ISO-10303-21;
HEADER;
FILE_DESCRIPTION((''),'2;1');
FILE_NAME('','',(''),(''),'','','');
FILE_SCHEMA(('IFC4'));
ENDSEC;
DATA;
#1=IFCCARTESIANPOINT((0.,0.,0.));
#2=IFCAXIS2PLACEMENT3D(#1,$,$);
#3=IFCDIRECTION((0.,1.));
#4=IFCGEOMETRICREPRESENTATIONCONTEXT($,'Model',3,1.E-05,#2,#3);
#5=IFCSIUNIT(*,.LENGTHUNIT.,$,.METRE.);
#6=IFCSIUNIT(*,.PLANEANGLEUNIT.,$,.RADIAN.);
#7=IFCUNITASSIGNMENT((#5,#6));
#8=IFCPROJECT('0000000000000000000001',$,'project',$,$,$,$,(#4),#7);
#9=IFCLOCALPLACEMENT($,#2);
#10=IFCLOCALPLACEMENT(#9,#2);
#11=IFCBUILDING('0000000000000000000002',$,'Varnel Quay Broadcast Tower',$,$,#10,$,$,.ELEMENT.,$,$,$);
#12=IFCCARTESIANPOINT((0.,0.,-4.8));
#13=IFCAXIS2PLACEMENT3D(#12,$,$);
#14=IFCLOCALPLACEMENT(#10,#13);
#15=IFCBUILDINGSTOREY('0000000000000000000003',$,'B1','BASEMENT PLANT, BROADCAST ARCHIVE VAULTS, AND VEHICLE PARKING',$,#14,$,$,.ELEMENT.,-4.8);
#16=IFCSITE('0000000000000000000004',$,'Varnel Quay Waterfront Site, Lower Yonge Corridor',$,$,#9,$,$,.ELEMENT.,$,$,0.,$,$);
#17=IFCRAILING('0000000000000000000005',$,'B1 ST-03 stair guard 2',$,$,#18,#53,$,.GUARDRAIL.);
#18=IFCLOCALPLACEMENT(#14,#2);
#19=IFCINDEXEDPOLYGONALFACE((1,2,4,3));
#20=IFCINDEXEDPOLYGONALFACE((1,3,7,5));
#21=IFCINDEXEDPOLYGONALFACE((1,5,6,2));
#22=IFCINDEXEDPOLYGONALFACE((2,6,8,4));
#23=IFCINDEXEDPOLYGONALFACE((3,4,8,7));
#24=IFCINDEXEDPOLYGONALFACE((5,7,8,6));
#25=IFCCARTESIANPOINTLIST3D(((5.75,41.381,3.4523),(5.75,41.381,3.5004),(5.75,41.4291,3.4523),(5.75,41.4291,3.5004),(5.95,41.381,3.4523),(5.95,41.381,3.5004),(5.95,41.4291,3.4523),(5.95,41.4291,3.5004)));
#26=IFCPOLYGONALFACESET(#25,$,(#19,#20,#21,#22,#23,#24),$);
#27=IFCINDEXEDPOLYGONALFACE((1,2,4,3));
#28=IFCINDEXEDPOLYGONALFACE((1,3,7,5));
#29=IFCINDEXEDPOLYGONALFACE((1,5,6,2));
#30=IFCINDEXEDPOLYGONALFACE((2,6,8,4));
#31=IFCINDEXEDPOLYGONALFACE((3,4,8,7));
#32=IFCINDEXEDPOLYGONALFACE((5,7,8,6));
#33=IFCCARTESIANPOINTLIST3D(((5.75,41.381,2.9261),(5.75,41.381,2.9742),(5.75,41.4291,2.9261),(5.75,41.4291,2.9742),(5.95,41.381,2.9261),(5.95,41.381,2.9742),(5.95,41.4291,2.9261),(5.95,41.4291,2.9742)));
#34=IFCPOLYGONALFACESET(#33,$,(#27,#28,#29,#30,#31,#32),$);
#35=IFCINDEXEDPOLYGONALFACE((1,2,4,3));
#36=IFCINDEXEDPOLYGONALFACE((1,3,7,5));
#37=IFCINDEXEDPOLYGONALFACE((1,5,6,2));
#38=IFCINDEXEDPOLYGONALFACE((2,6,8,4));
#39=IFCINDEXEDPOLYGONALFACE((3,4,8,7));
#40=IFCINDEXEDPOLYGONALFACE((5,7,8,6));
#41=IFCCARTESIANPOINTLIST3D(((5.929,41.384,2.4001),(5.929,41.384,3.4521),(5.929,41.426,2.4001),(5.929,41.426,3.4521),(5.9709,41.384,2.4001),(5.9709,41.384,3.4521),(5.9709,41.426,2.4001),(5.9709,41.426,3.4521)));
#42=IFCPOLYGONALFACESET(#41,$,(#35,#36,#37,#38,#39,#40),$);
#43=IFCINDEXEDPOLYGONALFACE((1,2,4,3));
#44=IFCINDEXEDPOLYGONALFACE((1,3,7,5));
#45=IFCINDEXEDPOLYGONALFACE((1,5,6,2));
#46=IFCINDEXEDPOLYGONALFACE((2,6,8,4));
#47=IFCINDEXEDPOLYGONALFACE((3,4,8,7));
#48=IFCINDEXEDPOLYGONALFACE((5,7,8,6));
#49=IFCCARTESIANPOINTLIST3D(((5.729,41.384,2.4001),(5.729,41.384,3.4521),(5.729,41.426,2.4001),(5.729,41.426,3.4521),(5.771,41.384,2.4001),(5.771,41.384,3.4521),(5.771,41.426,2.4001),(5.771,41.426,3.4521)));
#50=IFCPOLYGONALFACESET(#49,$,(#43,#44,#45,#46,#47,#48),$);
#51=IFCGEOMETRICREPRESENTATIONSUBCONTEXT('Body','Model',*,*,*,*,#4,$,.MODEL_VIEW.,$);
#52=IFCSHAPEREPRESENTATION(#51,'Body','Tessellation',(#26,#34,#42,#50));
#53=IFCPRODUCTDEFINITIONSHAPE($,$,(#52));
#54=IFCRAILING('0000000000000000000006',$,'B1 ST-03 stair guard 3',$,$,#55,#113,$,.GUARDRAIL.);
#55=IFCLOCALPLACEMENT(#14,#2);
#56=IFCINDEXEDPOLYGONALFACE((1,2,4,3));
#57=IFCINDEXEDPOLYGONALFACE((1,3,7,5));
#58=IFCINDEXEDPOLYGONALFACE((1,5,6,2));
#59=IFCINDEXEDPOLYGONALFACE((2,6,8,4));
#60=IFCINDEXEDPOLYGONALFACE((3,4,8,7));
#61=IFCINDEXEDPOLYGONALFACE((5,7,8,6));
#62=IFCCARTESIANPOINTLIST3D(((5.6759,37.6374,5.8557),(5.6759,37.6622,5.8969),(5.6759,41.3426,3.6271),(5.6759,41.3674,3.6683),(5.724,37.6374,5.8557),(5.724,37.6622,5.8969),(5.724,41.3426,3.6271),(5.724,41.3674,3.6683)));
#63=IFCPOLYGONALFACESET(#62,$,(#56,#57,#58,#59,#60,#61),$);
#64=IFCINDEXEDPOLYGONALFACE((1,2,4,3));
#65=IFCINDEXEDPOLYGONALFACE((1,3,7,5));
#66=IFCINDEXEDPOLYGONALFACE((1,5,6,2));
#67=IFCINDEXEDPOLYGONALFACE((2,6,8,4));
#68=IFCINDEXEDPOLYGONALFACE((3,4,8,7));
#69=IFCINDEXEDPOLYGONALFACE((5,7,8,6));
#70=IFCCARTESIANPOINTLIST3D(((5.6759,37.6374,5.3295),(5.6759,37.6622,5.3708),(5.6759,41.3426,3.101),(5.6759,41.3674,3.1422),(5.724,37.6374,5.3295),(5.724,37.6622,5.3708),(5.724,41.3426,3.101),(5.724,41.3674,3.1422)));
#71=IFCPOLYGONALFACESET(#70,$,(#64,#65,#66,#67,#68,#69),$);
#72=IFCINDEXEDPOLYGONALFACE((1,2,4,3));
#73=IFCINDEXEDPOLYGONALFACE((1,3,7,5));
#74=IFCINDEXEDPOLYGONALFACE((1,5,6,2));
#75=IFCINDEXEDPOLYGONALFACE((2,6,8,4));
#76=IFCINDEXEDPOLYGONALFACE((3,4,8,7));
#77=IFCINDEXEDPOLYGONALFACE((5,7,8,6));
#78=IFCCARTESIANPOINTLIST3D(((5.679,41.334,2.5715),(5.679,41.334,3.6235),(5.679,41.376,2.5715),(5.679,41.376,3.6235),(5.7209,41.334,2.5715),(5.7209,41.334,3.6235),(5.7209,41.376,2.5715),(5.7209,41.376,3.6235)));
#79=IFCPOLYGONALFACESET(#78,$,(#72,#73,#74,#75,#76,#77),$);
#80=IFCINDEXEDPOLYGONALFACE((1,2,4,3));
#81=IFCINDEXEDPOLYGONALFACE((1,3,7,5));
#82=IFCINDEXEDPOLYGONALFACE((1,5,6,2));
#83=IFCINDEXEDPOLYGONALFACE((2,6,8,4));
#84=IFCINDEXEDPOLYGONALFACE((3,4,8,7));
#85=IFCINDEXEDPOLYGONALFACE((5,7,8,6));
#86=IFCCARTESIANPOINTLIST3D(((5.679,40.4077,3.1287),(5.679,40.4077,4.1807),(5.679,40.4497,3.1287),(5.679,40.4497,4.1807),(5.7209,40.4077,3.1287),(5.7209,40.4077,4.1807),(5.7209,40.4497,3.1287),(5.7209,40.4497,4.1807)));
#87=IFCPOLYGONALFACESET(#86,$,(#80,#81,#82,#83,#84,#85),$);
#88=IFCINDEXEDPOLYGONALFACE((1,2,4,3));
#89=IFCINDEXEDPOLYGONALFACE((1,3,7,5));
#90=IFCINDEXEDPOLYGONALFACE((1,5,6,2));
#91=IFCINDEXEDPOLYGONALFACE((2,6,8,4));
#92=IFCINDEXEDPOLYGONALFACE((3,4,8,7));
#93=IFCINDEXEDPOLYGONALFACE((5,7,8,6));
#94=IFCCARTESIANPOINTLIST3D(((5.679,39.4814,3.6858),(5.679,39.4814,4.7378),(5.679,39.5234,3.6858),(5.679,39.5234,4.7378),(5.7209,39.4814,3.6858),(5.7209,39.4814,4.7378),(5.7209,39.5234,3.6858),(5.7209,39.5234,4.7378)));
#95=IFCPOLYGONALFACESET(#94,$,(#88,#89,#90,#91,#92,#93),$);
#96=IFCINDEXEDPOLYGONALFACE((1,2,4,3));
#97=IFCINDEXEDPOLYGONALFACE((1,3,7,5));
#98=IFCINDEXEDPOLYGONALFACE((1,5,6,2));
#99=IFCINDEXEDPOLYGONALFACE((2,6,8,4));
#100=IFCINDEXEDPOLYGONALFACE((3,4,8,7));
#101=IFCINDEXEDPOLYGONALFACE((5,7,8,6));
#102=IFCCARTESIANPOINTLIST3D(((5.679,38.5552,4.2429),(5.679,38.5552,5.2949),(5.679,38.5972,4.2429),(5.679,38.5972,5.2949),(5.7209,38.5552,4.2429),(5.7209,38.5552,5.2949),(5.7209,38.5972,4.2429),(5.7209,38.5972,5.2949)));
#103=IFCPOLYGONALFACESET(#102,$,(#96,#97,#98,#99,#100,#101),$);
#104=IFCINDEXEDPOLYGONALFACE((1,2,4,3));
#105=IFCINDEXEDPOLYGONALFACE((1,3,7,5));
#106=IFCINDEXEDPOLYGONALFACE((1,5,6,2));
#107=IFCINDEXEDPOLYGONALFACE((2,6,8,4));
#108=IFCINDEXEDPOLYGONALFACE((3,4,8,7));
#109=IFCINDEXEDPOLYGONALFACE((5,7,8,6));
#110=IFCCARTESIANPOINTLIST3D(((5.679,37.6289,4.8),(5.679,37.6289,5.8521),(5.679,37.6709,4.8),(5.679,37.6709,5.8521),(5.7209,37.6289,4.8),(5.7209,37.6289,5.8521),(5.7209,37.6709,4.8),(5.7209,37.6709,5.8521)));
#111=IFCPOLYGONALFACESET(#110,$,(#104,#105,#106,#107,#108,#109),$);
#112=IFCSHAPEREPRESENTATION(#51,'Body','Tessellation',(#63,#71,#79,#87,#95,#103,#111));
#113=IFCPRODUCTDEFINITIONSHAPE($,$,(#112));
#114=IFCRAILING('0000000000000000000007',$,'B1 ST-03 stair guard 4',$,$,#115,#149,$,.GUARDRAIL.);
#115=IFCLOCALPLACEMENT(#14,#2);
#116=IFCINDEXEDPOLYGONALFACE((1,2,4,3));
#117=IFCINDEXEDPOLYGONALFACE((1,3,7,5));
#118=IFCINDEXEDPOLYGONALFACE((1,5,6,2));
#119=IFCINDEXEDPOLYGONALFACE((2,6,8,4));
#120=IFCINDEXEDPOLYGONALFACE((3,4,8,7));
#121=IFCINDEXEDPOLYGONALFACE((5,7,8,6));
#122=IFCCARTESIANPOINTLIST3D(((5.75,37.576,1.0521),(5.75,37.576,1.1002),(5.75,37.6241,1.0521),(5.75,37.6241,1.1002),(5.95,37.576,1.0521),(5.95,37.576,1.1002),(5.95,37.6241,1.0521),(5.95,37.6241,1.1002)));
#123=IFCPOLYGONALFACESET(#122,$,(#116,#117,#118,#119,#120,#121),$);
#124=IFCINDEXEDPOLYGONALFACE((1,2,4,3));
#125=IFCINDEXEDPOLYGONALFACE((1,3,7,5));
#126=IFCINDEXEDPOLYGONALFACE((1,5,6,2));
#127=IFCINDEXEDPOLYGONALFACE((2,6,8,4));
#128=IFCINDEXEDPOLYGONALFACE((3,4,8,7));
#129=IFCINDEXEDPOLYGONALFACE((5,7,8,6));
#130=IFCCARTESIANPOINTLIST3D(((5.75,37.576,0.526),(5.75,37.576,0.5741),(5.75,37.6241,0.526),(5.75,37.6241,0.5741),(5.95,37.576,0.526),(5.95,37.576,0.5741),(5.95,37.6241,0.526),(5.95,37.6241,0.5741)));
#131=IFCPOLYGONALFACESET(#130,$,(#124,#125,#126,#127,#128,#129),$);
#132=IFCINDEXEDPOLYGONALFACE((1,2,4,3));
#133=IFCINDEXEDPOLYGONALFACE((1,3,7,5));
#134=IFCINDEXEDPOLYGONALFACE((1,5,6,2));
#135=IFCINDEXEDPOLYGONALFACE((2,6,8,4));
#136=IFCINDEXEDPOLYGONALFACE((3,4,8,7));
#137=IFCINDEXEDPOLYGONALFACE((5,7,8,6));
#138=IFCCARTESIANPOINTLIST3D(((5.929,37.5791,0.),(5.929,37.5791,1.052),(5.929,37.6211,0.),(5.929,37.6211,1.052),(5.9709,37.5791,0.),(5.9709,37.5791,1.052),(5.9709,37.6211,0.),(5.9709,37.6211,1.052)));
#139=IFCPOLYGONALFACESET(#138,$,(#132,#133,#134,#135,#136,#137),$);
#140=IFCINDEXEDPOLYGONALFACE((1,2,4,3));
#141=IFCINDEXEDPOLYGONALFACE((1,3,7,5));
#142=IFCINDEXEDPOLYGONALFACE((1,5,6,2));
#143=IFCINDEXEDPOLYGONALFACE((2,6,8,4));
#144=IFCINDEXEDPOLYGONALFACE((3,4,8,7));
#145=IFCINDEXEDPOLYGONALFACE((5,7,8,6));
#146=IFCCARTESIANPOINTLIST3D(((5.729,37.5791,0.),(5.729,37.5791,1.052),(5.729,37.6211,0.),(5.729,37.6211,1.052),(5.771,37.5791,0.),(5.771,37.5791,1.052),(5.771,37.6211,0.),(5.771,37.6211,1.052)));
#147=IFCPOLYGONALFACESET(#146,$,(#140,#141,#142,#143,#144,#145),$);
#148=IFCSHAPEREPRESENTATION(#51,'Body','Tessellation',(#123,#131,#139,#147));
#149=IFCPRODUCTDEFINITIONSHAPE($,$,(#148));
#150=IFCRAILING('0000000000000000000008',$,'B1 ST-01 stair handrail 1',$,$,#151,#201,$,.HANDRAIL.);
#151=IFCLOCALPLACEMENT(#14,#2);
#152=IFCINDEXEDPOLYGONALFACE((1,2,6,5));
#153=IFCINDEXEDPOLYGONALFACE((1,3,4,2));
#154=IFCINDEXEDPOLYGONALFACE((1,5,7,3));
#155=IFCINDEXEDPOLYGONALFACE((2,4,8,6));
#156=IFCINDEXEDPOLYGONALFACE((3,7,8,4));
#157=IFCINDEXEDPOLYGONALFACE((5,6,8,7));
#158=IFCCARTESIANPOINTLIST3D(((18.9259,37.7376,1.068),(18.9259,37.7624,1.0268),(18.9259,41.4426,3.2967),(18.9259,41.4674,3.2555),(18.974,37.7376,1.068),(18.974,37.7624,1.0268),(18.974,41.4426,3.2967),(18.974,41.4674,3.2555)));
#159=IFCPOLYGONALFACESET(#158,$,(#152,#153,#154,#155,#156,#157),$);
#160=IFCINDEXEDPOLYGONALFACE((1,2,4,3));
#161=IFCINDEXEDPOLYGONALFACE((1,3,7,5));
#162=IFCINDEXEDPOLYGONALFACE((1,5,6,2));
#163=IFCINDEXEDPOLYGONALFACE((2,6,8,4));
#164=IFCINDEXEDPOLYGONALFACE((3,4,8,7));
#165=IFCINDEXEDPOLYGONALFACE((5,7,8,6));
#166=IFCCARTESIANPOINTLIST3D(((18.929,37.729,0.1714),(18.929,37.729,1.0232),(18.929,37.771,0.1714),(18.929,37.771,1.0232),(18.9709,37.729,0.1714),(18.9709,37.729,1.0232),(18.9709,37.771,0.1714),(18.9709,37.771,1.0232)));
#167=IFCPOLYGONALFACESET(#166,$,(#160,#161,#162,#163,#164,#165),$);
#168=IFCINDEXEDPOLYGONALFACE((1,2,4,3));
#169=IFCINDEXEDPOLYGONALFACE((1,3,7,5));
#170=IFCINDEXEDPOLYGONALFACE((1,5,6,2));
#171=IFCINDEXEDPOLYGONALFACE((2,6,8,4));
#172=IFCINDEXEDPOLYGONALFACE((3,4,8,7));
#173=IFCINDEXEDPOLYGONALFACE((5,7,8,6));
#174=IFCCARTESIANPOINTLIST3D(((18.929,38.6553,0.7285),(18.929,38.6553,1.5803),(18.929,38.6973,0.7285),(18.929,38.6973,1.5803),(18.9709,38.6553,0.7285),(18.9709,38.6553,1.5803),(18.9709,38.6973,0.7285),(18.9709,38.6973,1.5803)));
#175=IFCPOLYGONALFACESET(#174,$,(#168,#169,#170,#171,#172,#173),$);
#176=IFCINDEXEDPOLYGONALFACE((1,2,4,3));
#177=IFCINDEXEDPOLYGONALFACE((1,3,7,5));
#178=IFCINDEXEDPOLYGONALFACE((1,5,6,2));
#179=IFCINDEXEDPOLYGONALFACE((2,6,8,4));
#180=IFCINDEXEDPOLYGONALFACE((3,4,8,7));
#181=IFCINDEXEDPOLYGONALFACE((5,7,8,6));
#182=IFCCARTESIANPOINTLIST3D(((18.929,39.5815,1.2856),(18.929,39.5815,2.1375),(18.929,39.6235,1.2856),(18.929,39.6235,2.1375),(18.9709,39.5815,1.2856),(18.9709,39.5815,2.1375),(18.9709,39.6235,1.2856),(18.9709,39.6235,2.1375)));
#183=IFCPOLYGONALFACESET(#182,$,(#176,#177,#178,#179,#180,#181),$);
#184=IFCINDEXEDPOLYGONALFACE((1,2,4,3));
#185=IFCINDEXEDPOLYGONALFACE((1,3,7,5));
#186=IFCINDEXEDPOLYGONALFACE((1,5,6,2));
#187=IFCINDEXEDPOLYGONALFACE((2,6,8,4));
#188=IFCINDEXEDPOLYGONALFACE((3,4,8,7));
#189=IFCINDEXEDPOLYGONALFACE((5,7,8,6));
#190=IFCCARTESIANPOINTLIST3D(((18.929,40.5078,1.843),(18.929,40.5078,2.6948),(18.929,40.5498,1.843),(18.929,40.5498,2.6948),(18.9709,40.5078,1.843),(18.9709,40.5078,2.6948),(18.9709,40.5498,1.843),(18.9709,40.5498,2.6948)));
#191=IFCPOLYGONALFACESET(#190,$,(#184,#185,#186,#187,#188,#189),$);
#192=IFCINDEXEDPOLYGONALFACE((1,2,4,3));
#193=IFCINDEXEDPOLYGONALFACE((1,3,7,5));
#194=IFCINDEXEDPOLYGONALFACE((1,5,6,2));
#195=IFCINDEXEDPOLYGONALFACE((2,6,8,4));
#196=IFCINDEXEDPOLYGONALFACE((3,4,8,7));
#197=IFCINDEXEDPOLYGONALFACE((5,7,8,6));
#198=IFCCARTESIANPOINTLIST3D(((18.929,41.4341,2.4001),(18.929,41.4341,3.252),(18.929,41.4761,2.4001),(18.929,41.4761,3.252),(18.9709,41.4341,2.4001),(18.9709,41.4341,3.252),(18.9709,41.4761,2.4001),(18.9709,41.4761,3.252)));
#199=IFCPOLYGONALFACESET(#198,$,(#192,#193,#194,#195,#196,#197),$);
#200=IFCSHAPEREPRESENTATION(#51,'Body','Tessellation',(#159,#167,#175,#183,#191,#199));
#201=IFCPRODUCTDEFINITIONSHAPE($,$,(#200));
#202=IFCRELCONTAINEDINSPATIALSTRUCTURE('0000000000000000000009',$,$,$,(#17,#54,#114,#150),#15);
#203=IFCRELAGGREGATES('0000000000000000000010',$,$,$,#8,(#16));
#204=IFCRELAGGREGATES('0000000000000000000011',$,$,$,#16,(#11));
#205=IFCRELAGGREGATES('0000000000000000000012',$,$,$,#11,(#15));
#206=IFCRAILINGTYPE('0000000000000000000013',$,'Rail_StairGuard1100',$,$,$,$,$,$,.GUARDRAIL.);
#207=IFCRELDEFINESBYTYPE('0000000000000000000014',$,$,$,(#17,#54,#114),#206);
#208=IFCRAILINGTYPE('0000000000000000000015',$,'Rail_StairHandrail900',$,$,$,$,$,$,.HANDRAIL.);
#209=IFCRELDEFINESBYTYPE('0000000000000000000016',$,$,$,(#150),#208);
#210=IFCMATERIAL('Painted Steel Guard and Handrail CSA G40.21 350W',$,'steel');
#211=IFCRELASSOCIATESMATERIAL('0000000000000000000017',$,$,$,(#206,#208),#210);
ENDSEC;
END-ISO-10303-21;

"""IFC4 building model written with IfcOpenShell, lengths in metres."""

from ifc_helpers import new_model, si_unit, direction, frame, origin, origin_2d, place, context, subcontext, project, spatial, rectangle, extrude, material, type_object, element, save


model = new_model("IFC4")

# Units and contexts
model_context = context("Model", 3, precision=1e-05, world=origin(), true_north=direction((0.0, 1.0)))
body_context = subcontext(model_context, "Body", "Model", "MODEL_VIEW")
ifc_project = project(units=[si_unit("LENGTHUNIT", "METRE"), si_unit("PLANEANGLEUNIT", "RADIAN")], contexts=[model_context])

# Site, building, storey
site_placement = place(None, origin())
site = spatial("IfcSite", under=ifc_project, at=site_placement, Name="Varnel Quay Waterfront Site, Lower Yonge Corridor", CompositionType="ELEMENT", RefElevation=0.0)
building_placement = place(site_placement, origin())
building = spatial("IfcBuilding", under=site, at=building_placement, Name="Varnel Quay Broadcast Tower", CompositionType="ELEMENT")
storey_placement = place(building_placement, frame((0.0, 0.0, -4.8)))
storey = spatial("IfcBuildingStorey", under=building, at=storey_placement, Name="B1", Description="BASEMENT PLANT, BROADCAST ARCHIVE VAULTS, AND VEHICLE PARKING", CompositionType="ELEMENT", Elevation=-4.8)

# Railings
ifc_material_1 = material(Name="Painted Steel Guard and Handrail CSA G40.21 350W", Category="steel")
railing_type_1 = type_object("IfcRailingType", Name="Rail_StairGuard1100", PredefinedType="GUARDRAIL", material=ifc_material_1)
railing_1_placement = place(storey_placement, frame((5.95, 41.405, 2.4001)))
element("IfcRailing", 1, at=railing_1_placement, inside=storey, type_object=railing_type_1, Name="B1 ST-03 stair guard 2", PredefinedType="GUARDRAIL", context=body_context, shape_type="SweptSolid", body=[
    extrude(rectangle(XDim=0.0481, YDim=0.0481, at=origin_2d()), frame((0.0, 0.0, 1.0762), z_axis=(-1.0, 0.0, 0.0), x_axis=(0.0, -1.0, 0.0)), (0.0, 0.0, 1.0), 0.2),
    extrude(rectangle(XDim=0.0481, YDim=0.0481, at=origin_2d()), frame((0.0, 0.0, 0.55), z_axis=(-1.0, 0.0, 0.0), x_axis=(0.0, -1.0, 0.0)), (0.0, 0.0, 1.0), 0.2),
    extrude(rectangle(XDim=0.042, YDim=0.042, at=origin_2d()), origin(), (0.0, 0.0, 1.0), 1.052),
    extrude(rectangle(XDim=0.042, YDim=0.042, at=origin_2d()), frame((-0.2, 0.0, 0.0)), (0.0, 0.0, 1.0), 1.052),
])
railing_2_placement = place(storey_placement, frame((5.7, 41.355, 2.5715)))
element("IfcRailing", 2, at=railing_2_placement, inside=storey, type_object=railing_type_1, Name="B1 ST-03 stair guard 3", PredefinedType="GUARDRAIL", context=body_context, shape_type="SweptSolid", body=[
    extrude(rectangle(XDim=0.0481, YDim=0.0481, at=origin_2d()), frame((0.0, 0.0, 1.0762), z_axis=(0.0, -0.856934, 0.515425), x_axis=(1.0, 0.0, 0.0)), (0.0, 0.0, 1.0), 4.3237),
    extrude(rectangle(XDim=0.0481, YDim=0.0481, at=origin_2d()), frame((0.0, 0.0, 0.55), z_axis=(0.0, -0.856934, 0.515425), x_axis=(1.0, 0.0, 0.0)), (0.0, 0.0, 1.0), 4.3237),
    extrude(rectangle(XDim=0.042, YDim=0.042, at=origin_2d()), origin(), (0.0, 0.0, 1.0), 1.052),
    extrude(rectangle(XDim=0.042, YDim=0.042, at=origin_2d()), frame((0.0, -0.9263, 0.5571)), (0.0, 0.0, 1.0), 1.052),
    extrude(rectangle(XDim=0.042, YDim=0.042, at=origin_2d()), frame((0.0, -1.8525, 1.1143)), (0.0, 0.0, 1.0), 1.052),
    extrude(rectangle(XDim=0.042, YDim=0.042, at=origin_2d()), frame((0.0, -2.7788, 1.6714)), (0.0, 0.0, 1.0), 1.052),
    extrude(rectangle(XDim=0.042, YDim=0.042, at=origin_2d()), frame((0.0, -3.7051, 2.2285)), (0.0, 0.0, 1.0), 1.052),
])
railing_3_placement = place(storey_placement, frame((5.95, 37.6001, 0.0)))
element("IfcRailing", 3, at=railing_3_placement, inside=storey, type_object=railing_type_1, Name="B1 ST-03 stair guard 4", PredefinedType="GUARDRAIL", context=body_context, shape_type="SweptSolid", body=[
    extrude(rectangle(XDim=0.0481, YDim=0.0481, at=origin_2d()), frame((0.0, 0.0, 1.0762), z_axis=(-1.0, 0.0, 0.0), x_axis=(0.0, -1.0, 0.0)), (0.0, 0.0, 1.0), 0.2),
    extrude(rectangle(XDim=0.0481, YDim=0.0481, at=origin_2d()), frame((0.0, 0.0, 0.55), z_axis=(-1.0, 0.0, 0.0), x_axis=(0.0, -1.0, 0.0)), (0.0, 0.0, 1.0), 0.2),
    extrude(rectangle(XDim=0.042, YDim=0.042, at=origin_2d()), origin(), (0.0, 0.0, 1.0), 1.052),
    extrude(rectangle(XDim=0.042, YDim=0.042, at=origin_2d()), frame((-0.2, 0.0, 0.0)), (0.0, 0.0, 1.0), 1.052),
])
railing_type_2 = type_object("IfcRailingType", Name="Rail_StairHandrail900", PredefinedType="HANDRAIL", material=ifc_material_1)
railing_4_placement = place(storey_placement, frame((18.95, 37.75, 0.1714)))
element("IfcRailing", 4, at=railing_4_placement, inside=storey, type_object=railing_type_2, Name="B1 ST-01 stair handrail 1", PredefinedType="HANDRAIL", context=body_context, shape_type="SweptSolid", body=[
    extrude(rectangle(XDim=0.0481, YDim=0.0481, at=origin_2d()), frame((0.0, 0.0, 0.876), z_axis=(0.0, 0.856909, 0.515467), x_axis=(-1.0, 0.0, 0.0)), (0.0, 0.0, 1.0), 4.3237),
    extrude(rectangle(XDim=0.042, YDim=0.042, at=origin_2d()), origin(), (0.0, 0.0, 1.0), 0.8518),
    extrude(rectangle(XDim=0.042, YDim=0.042, at=origin_2d()), frame((0.0, 0.9263, 0.5571)), (0.0, 0.0, 1.0), 0.8518),
    extrude(rectangle(XDim=0.042, YDim=0.042, at=origin_2d()), frame((0.0, 1.8525, 1.1143)), (0.0, 0.0, 1.0), 0.8518),
    extrude(rectangle(XDim=0.042, YDim=0.042, at=origin_2d()), frame((0.0, 2.7788, 1.6716)), (0.0, 0.0, 1.0), 0.8518),
    extrude(rectangle(XDim=0.042, YDim=0.042, at=origin_2d()), frame((0.0, 3.7051, 2.2288)), (0.0, 0.0, 1.0), 0.8518),
])

save(model, "model.ifc")
